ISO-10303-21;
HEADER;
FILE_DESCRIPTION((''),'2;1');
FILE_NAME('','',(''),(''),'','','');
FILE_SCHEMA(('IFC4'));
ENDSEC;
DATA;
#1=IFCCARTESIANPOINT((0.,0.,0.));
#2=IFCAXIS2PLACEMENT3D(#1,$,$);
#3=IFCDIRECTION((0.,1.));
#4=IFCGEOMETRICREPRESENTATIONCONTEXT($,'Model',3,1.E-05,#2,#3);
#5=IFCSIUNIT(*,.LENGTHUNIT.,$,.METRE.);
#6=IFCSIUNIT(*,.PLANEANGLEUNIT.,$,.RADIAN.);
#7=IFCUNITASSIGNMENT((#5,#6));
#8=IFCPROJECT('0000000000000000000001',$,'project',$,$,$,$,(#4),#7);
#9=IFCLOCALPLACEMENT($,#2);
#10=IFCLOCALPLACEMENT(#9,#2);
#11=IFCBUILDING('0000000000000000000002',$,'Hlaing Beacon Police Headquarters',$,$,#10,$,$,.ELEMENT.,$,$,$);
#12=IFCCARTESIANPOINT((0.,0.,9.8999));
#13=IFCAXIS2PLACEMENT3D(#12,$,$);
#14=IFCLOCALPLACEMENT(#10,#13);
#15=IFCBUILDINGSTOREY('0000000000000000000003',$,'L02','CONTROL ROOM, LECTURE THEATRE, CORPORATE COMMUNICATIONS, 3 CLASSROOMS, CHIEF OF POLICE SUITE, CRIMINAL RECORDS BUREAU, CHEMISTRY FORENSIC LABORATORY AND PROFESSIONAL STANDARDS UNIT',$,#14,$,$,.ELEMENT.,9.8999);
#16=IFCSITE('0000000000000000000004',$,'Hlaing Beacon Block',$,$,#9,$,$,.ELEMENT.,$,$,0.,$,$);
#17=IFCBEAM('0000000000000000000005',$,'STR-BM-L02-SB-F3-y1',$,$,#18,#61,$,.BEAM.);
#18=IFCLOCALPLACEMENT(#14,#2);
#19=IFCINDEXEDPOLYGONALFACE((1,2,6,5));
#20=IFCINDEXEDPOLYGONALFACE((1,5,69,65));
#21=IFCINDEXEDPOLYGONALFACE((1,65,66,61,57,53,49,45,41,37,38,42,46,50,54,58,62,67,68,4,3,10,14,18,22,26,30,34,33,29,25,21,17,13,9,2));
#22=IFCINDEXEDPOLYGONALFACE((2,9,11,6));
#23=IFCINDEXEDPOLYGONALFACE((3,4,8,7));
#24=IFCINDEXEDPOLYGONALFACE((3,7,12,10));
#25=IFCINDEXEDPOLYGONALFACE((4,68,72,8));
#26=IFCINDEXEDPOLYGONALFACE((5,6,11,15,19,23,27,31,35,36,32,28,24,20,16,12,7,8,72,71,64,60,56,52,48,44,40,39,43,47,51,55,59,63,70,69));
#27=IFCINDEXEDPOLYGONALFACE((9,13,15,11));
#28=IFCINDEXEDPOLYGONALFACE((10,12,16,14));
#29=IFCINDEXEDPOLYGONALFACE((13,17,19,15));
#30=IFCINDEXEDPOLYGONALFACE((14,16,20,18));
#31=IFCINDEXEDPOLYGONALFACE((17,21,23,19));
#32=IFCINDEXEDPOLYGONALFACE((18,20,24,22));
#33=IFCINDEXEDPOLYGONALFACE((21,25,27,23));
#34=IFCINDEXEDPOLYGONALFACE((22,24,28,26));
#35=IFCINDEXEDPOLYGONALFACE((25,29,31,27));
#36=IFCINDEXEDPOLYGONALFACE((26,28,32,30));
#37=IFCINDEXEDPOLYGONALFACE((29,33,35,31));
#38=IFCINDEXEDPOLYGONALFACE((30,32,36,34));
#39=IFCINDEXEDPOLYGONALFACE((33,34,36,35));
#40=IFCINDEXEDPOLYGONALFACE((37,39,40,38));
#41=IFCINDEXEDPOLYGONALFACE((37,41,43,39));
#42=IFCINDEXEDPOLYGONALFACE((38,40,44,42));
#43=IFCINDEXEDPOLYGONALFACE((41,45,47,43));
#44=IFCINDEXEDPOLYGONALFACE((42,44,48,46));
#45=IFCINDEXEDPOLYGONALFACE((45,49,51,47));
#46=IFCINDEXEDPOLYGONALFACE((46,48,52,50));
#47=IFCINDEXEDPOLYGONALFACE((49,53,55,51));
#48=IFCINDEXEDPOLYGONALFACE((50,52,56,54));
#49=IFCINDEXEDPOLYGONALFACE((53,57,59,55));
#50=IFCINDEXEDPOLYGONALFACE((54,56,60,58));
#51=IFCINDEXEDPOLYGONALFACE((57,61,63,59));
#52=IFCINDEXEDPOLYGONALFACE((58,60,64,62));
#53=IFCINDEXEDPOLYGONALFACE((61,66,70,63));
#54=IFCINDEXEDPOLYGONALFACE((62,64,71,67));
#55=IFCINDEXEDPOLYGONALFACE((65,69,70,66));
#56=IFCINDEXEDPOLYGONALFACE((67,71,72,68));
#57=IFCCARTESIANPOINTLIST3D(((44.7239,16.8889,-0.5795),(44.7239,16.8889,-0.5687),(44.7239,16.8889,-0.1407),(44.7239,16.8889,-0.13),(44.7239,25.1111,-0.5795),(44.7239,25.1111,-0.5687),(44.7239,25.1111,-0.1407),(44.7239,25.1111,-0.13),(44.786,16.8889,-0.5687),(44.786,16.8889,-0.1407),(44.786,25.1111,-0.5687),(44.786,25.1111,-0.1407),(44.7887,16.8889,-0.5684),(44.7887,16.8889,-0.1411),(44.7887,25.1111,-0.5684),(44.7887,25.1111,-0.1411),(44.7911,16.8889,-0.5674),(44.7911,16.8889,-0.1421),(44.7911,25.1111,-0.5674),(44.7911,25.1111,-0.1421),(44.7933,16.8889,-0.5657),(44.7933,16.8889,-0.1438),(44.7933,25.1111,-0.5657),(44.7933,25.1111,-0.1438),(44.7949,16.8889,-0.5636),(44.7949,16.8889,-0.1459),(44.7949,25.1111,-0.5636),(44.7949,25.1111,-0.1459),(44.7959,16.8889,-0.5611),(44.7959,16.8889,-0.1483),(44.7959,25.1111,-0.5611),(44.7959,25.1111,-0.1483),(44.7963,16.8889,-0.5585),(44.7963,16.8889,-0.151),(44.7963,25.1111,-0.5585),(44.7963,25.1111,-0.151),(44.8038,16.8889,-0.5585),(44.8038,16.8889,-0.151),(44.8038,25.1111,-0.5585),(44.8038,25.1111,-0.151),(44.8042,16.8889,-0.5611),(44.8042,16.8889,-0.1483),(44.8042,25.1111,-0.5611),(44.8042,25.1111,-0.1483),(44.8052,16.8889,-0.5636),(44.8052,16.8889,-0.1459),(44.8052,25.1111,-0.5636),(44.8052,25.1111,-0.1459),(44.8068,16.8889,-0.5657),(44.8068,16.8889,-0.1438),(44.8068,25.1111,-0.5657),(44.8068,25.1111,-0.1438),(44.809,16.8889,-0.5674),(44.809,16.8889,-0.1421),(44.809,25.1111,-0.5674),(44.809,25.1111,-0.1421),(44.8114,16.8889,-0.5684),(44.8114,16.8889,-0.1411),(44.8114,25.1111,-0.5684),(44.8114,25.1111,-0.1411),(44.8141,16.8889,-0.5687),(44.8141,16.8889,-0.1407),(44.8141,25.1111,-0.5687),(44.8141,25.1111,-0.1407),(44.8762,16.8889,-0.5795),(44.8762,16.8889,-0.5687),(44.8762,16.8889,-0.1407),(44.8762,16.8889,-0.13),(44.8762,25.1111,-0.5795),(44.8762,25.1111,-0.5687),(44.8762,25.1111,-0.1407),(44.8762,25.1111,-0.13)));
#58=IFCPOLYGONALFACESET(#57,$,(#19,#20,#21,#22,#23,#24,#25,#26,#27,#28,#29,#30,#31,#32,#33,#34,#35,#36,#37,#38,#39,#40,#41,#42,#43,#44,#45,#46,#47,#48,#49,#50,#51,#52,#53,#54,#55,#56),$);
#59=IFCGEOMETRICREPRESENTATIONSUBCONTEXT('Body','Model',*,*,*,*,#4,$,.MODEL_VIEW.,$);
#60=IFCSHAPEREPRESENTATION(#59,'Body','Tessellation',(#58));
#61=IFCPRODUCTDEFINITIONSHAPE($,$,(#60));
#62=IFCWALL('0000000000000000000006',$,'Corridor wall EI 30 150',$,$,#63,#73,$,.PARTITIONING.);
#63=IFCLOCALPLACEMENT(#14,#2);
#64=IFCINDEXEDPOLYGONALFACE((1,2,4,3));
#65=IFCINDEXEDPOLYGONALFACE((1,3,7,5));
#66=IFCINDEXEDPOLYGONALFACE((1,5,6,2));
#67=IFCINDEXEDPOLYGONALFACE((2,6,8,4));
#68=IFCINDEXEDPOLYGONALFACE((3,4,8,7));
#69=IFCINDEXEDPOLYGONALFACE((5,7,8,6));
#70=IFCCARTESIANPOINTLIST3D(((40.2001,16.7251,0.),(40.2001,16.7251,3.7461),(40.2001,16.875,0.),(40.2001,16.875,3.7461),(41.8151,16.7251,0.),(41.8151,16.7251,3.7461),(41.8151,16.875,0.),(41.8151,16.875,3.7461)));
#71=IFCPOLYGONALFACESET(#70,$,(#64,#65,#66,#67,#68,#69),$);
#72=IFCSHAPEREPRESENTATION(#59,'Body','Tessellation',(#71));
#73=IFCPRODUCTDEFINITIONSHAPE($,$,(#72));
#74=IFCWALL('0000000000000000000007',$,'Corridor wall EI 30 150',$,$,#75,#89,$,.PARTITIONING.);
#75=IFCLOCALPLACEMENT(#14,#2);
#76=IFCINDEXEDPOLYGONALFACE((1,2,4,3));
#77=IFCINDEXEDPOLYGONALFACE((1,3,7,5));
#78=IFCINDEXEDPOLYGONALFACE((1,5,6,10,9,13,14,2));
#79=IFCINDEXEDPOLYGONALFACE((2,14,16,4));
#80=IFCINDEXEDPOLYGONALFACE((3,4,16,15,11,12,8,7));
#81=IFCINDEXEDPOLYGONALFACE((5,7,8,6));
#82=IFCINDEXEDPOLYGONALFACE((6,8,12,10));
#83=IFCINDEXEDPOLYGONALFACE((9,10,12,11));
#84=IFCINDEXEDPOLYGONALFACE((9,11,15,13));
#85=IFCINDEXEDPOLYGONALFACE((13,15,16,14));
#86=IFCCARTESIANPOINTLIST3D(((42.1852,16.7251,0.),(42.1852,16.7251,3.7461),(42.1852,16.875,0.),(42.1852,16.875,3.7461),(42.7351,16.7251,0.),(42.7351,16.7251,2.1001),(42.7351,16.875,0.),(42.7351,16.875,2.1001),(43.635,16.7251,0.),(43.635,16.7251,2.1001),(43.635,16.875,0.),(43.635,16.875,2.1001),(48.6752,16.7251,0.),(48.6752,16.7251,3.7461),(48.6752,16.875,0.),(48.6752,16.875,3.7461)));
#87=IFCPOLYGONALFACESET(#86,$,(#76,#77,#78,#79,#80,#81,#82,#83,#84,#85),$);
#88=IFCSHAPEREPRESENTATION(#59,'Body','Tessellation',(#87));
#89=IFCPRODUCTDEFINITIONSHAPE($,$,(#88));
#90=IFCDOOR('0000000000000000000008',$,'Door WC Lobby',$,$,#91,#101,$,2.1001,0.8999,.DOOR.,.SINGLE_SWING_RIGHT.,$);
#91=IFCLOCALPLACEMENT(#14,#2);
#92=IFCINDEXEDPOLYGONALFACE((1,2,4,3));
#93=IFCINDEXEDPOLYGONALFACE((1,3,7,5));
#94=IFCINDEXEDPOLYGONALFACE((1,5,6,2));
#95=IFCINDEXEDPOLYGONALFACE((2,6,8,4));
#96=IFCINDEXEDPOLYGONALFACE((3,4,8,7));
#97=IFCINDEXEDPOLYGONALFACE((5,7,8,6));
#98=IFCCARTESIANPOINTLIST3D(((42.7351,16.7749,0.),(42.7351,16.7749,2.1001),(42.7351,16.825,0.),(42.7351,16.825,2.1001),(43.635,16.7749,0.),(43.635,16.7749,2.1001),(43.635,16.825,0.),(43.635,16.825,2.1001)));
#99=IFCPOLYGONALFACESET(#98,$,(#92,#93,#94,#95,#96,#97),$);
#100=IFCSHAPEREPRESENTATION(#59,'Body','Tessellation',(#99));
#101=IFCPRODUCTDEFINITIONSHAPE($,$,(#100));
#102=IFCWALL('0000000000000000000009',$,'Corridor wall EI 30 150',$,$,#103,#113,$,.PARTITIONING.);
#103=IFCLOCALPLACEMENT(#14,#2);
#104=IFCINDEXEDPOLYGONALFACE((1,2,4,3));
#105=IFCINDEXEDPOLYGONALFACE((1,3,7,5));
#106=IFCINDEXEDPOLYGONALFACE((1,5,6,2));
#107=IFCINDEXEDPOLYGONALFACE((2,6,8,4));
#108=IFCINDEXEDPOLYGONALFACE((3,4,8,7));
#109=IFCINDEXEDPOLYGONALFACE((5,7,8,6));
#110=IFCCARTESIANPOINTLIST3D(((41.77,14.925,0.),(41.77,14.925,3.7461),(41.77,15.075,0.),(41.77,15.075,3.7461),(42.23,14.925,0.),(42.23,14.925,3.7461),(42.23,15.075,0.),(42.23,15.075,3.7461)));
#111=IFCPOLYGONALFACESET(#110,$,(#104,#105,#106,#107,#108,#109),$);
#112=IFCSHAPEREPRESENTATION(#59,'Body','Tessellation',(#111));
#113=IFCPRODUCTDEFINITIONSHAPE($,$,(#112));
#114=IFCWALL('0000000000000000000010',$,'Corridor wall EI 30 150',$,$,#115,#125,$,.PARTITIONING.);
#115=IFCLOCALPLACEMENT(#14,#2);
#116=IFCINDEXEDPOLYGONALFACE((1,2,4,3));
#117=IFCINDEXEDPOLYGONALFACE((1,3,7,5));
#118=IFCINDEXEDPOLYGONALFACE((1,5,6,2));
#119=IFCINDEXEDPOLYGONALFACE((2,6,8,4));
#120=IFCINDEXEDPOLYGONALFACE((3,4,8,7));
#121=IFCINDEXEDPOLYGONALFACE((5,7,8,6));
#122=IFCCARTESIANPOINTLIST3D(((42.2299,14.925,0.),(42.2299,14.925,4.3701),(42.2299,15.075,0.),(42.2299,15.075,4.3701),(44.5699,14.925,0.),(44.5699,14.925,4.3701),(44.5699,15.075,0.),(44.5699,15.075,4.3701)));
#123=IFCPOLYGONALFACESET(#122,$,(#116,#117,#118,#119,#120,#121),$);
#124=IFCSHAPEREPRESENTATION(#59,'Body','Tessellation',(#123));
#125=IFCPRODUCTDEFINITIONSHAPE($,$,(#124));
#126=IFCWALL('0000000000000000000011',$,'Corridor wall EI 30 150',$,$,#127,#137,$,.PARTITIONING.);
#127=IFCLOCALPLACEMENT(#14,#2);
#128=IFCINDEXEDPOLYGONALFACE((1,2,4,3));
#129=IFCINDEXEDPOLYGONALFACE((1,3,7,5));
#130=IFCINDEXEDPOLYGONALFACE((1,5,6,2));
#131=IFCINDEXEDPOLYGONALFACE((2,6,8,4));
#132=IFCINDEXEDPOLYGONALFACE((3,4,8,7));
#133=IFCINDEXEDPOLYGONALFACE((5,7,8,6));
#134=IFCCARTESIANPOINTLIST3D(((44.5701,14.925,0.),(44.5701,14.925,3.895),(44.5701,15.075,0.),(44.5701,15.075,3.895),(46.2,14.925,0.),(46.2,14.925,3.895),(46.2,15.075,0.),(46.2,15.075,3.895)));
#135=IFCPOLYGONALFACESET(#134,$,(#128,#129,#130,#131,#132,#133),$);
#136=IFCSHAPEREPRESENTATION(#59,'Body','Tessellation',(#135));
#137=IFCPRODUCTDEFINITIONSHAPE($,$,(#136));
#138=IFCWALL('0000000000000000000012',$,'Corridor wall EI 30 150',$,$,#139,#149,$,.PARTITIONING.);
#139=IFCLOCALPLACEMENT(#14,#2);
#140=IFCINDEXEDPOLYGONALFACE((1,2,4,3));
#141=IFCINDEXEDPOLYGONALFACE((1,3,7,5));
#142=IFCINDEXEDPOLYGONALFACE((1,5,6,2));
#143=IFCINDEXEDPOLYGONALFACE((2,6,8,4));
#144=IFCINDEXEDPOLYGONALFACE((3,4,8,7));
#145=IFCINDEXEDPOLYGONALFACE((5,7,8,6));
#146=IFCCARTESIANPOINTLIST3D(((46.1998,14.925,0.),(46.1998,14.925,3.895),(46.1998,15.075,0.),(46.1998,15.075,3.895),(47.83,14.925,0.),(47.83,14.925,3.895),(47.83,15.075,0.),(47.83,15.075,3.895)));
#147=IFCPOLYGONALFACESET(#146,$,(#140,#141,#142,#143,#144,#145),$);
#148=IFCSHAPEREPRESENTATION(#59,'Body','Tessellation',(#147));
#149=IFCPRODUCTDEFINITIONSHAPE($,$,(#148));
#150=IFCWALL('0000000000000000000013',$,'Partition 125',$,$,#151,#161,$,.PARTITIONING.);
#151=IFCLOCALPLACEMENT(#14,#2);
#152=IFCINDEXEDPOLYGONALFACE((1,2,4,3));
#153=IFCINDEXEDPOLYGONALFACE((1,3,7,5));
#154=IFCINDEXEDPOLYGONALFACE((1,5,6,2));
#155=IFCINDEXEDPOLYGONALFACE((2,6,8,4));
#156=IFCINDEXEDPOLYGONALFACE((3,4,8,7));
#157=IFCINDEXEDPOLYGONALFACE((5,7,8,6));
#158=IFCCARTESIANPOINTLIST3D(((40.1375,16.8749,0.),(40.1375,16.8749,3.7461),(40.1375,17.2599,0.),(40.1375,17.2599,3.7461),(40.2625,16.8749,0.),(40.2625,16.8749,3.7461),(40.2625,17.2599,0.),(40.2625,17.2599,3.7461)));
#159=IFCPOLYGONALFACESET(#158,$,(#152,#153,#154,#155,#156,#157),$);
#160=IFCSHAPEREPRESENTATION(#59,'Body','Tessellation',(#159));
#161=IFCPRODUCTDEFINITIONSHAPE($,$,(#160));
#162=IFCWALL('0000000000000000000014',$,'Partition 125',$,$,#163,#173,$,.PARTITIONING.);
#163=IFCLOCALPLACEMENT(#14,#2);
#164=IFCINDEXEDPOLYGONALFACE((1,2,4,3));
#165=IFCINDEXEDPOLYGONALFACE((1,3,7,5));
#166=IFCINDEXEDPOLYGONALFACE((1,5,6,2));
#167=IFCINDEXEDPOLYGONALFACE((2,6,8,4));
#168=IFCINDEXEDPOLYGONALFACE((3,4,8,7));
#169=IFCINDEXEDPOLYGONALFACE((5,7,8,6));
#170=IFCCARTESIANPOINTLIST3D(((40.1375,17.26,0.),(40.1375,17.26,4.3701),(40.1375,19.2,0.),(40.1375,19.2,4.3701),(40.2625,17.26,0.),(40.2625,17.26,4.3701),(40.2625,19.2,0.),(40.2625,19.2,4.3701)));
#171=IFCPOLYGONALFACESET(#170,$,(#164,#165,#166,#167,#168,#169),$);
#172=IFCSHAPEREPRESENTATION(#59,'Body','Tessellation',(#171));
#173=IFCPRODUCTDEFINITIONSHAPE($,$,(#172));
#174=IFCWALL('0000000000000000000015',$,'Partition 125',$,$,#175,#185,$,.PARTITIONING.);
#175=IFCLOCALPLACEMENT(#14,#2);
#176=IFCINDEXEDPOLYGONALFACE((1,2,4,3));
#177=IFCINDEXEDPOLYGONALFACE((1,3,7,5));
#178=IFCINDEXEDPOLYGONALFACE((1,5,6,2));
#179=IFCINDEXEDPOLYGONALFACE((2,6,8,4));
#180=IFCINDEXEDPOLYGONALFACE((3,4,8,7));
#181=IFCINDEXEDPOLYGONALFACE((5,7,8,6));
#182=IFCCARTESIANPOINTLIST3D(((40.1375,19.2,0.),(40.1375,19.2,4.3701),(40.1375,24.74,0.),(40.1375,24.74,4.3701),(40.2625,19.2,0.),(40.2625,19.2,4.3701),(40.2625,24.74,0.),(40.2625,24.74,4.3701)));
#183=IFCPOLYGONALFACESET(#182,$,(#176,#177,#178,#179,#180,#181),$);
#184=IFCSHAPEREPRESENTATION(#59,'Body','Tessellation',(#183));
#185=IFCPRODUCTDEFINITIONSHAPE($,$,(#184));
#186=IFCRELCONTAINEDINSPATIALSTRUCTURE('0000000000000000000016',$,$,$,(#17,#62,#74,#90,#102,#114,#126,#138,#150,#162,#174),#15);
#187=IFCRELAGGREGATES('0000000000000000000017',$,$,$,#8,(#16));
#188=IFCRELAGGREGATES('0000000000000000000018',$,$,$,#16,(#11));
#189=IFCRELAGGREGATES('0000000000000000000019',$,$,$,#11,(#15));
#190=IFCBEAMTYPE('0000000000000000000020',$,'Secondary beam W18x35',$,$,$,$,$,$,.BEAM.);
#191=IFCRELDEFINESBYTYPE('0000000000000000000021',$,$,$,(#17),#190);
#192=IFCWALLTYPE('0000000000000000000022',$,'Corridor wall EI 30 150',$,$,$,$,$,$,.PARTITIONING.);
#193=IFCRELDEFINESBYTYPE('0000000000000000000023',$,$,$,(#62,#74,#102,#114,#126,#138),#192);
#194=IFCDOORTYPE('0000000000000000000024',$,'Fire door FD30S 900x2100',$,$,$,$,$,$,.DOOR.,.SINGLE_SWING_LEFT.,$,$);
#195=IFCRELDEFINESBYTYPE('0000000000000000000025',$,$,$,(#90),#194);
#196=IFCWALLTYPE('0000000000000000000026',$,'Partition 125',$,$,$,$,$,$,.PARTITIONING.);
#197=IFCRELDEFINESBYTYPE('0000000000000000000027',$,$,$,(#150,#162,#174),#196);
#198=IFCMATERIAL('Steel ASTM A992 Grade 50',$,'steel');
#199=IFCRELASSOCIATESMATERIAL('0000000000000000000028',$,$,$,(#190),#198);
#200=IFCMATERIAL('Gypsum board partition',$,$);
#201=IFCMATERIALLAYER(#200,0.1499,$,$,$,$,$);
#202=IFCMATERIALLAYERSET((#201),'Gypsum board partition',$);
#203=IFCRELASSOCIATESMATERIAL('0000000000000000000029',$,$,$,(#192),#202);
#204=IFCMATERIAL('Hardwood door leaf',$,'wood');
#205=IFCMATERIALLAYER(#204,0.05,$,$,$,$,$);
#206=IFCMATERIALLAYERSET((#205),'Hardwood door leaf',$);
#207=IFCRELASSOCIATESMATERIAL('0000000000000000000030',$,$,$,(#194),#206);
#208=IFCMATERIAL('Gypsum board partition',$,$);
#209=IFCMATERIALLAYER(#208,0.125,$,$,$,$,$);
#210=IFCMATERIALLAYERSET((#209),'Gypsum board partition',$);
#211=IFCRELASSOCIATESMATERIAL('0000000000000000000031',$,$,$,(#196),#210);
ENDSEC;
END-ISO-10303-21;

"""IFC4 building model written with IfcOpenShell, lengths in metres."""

from ifc_helpers import new_model, si_unit, direction, frame, frame_2d, origin, origin_2d, place, context, subcontext, project, spatial, rectangle, i_section, extrude, material, layer, layer_set, material_profile, profile_set, type_object, element, fill, save


model = new_model("IFC4")

# Units and contexts
model_context = context("Model", 3, precision=1e-05, world=origin(), true_north=direction((0.0, 1.0)))
body_context = subcontext(model_context, "Body", "Model", "MODEL_VIEW")
ifc_project = project(units=[si_unit("LENGTHUNIT", "METRE"), si_unit("PLANEANGLEUNIT", "RADIAN")], contexts=[model_context])

# Site, building, storey
site_placement = place(None, origin())
site = spatial("IfcSite", under=ifc_project, at=site_placement, Name="Hlaing Beacon Block", CompositionType="ELEMENT", RefElevation=0.0)
building_placement = place(site_placement, origin())
building = spatial("IfcBuilding", under=site, at=building_placement, Name="Hlaing Beacon Police Headquarters", CompositionType="ELEMENT")
storey_placement = place(building_placement, frame((0.0, 0.0, 9.8999)))
storey = spatial("IfcBuildingStorey", under=building, at=storey_placement, Name="L02", Description="CONTROL ROOM, LECTURE THEATRE, CORPORATE COMMUNICATIONS, 3 CLASSROOMS, CHIEF OF POLICE SUITE, CRIMINAL RECORDS BUREAU, CHEMISTRY FORENSIC LABORATORY AND PROFESSIONAL STANDARDS UNIT", CompositionType="ELEMENT", Elevation=9.8999)

# Beam
ifc_material_1 = material(Name="Steel ASTM A992 Grade 50", Category="steel")
ifc_material_profile_1 = material_profile(ifc_material_1, i_section(OverallWidth=0.1523, OverallDepth=0.4495, WebThickness=0.0076, FlangeThickness=0.0107, FilletRadius=0.0103, at=origin_2d()), Name="W18x35")
ifc_profile_set_1 = profile_set([ifc_material_profile_1], Name="Steel ASTM A992 Grade 50")
beam_type_1 = type_object("IfcBeamType", Name="Secondary beam W18x35", PredefinedType="BEAM", material=ifc_profile_set_1)
for number, where, z_axis, x_axis, name in (
    (1, (44.8, 16.8889, -0.3547), (0.0, 1.0, 0.0), (-1.0, 0.0, 0.0), "STR-BM-L02-SB-F3-y1"),
):
    element("IfcBeam", number, at=place(storey_placement, frame(where, z_axis=z_axis, x_axis=x_axis)), inside=storey, type_object=beam_type_1, Name=name, PredefinedType="BEAM", context=body_context, shape_type="SweptSolid", body=[
        extrude(i_section(OverallWidth=0.1523, OverallDepth=0.4495, WebThickness=0.0076, FlangeThickness=0.0107, FilletRadius=0.0103, at=origin_2d()), origin(), (0.0, 0.0, 1.0), 8.2222),
    ])

# Wall
ifc_material_2 = material(Name="Gypsum board partition")
ifc_layer_1 = layer(ifc_material_2, 0.1499)
ifc_layer_set_1 = layer_set([ifc_layer_1], Name="Gypsum board partition")
wall_type_1 = type_object("IfcWallType", Name="Corridor wall EI 30 150", PredefinedType="PARTITIONING", material=ifc_layer_set_1)
wall_1_placement = place(storey_placement, frame((40.2, 16.8, 0.0), z_axis=(0.0, 0.0, 1.0), x_axis=(1.0, 0.0, 0.0)))
element("IfcWall", 2, at=wall_1_placement, inside=storey, type_object=wall_type_1, Name="Corridor wall EI 30 150", PredefinedType="PARTITIONING", context=body_context, shape_type="SweptSolid", body=[
    extrude(rectangle(XDim=1.615, YDim=0.1499, at=frame_2d((0.8076, 0.0))), origin(), (0.0, 0.0, 1.0), 3.7461),
])

# Wall, opening, door
wall_2_placement = place(storey_placement, frame((42.1851, 16.8, 0.0), z_axis=(0.0, 0.0, 1.0), x_axis=(1.0, 0.0, 0.0)))
wall_2 = element("IfcWall", 3, at=wall_2_placement, inside=storey, type_object=wall_type_1, Name="Corridor wall EI 30 150", PredefinedType="PARTITIONING", context=body_context, shape_type="SweptSolid", body=[
    extrude(rectangle(XDim=6.49, YDim=0.1499, at=frame_2d((3.2451, 0.0))), origin(), (0.0, 0.0, 1.0), 3.7461),
])
opening_1_placement = place(wall_2_placement, frame((0.55, 0.0, 0.0)))
opening_1 = element("IfcOpeningElement", 4, at=opening_1_placement, cuts=wall_2, PredefinedType="OPENING", context=body_context, shape_type="SweptSolid", body=[
    extrude(rectangle(XDim=0.8999, YDim=2.1001, at=frame_2d((0.45, 1.05))), frame((0.0, 0.085, 0.0), z_axis=(0.0, -1.0, 0.0), x_axis=(1.0, 0.0, 0.0)), (0.0, 0.0, 1.0), 0.1699),
])
ifc_material_3 = material(Name="Hardwood door leaf", Category="wood")
ifc_layer_2 = layer(ifc_material_3, 0.05)
ifc_layer_set_2 = layer_set([ifc_layer_2], Name="Hardwood door leaf")
door_type_1 = type_object("IfcDoorType", Name="Fire door FD30S 900x2100", OperationType="SINGLE_SWING_LEFT", PredefinedType="DOOR", material=ifc_layer_set_2)
door_1_placement = place(opening_1_placement, origin())
door_1 = element("IfcDoor", 5, at=door_1_placement, inside=storey, type_object=door_type_1, Name="Door WC Lobby", OperationType="SINGLE_SWING_RIGHT", OverallHeight=2.1001, OverallWidth=0.8999, PredefinedType="DOOR", context=body_context, shape_type="SweptSolid", body=[
    extrude(rectangle(XDim=0.8999, YDim=2.1001, at=frame_2d((0.45, 1.05))), frame((0.0, 0.0249, 0.0), z_axis=(0.0, -1.0, 0.0), x_axis=(1.0, 0.0, 0.0)), (0.0, 0.0, 1.0), 0.05),
])
fill(opening_1, door_1)

# Walls
wall_3_placement = place(storey_placement, frame((41.77, 15.0, 0.0), z_axis=(0.0, 0.0, 1.0), x_axis=(1.0, 0.0, 0.0)))
element("IfcWall", 6, at=wall_3_placement, inside=storey, type_object=wall_type_1, Name="Corridor wall EI 30 150", PredefinedType="PARTITIONING", context=body_context, shape_type="SweptSolid", body=[
    extrude(rectangle(XDim=0.46, YDim=0.1499, at=frame_2d((0.23, 0.0))), origin(), (0.0, 0.0, 1.0), 3.7461),
])
wall_4_placement = place(storey_placement, frame((42.23, 15.0, 0.0), z_axis=(0.0, 0.0, 1.0), x_axis=(1.0, 0.0, 0.0)))
element("IfcWall", 7, at=wall_4_placement, inside=storey, type_object=wall_type_1, Name="Corridor wall EI 30 150", PredefinedType="PARTITIONING", context=body_context, shape_type="SweptSolid", body=[
    extrude(rectangle(XDim=2.3401, YDim=0.1499, at=frame_2d((1.1699, 0.0))), origin(), (0.0, 0.0, 1.0), 4.3701),
])
wall_5_placement = place(storey_placement, frame((44.5701, 15.0, 0.0), z_axis=(0.0, 0.0, 1.0), x_axis=(1.0, 0.0, 0.0)))
element("IfcWall", 8, at=wall_5_placement, inside=storey, type_object=wall_type_1, Name="Corridor wall EI 30 150", PredefinedType="PARTITIONING", context=body_context, shape_type="SweptSolid", body=[
    extrude(rectangle(XDim=1.6299, YDim=0.1499, at=frame_2d((0.8149, 0.0))), origin(), (0.0, 0.0, 1.0), 3.895),
])
wall_6_placement = place(storey_placement, frame((46.2, 15.0, 0.0), z_axis=(0.0, 0.0, 1.0), x_axis=(1.0, 0.0, 0.0)))
element("IfcWall", 9, at=wall_6_placement, inside=storey, type_object=wall_type_1, Name="Corridor wall EI 30 150", PredefinedType="PARTITIONING", context=body_context, shape_type="SweptSolid", body=[
    extrude(rectangle(XDim=1.6301, YDim=0.1499, at=frame_2d((0.8149, 0.0))), origin(), (0.0, 0.0, 1.0), 3.895),
])
ifc_material_4 = material(Name="Gypsum board partition")
ifc_layer_3 = layer(ifc_material_4, 0.125)
ifc_layer_set_3 = layer_set([ifc_layer_3], Name="Gypsum board partition")
wall_type_2 = type_object("IfcWallType", Name="Partition 125", PredefinedType="PARTITIONING", material=ifc_layer_set_3)
wall_7_placement = place(storey_placement, frame((40.2, 16.875, 0.0), z_axis=(0.0, 0.0, 1.0), x_axis=(0.0, 1.0, 0.0)))
element("IfcWall", 10, at=wall_7_placement, inside=storey, type_object=wall_type_2, Name="Partition 125", PredefinedType="PARTITIONING", context=body_context, shape_type="SweptSolid", body=[
    extrude(rectangle(XDim=0.385, YDim=0.125, at=frame_2d((0.1924, 0.0))), origin(), (0.0, 0.0, 1.0), 3.7461),
])
wall_8_placement = place(storey_placement, frame((40.2, 17.26, 0.0), z_axis=(0.0, 0.0, 1.0), x_axis=(0.0, 1.0, 0.0)))
element("IfcWall", 11, at=wall_8_placement, inside=storey, type_object=wall_type_2, Name="Partition 125", PredefinedType="PARTITIONING", context=body_context, shape_type="SweptSolid", body=[
    extrude(rectangle(XDim=1.9399, YDim=0.125, at=frame_2d((0.97, 0.0))), origin(), (0.0, 0.0, 1.0), 4.3701),
])
wall_9_placement = place(storey_placement, frame((40.2, 19.2, 0.0), z_axis=(0.0, 0.0, 1.0), x_axis=(0.0, 1.0, 0.0)))
element("IfcWall", 12, at=wall_9_placement, inside=storey, type_object=wall_type_2, Name="Partition 125", PredefinedType="PARTITIONING", context=body_context, shape_type="SweptSolid", body=[
    extrude(rectangle(XDim=5.54, YDim=0.125, at=frame_2d((2.77, 0.0))), origin(), (0.0, 0.0, 1.0), 4.3701),
])

save(model, "model.ifc")
